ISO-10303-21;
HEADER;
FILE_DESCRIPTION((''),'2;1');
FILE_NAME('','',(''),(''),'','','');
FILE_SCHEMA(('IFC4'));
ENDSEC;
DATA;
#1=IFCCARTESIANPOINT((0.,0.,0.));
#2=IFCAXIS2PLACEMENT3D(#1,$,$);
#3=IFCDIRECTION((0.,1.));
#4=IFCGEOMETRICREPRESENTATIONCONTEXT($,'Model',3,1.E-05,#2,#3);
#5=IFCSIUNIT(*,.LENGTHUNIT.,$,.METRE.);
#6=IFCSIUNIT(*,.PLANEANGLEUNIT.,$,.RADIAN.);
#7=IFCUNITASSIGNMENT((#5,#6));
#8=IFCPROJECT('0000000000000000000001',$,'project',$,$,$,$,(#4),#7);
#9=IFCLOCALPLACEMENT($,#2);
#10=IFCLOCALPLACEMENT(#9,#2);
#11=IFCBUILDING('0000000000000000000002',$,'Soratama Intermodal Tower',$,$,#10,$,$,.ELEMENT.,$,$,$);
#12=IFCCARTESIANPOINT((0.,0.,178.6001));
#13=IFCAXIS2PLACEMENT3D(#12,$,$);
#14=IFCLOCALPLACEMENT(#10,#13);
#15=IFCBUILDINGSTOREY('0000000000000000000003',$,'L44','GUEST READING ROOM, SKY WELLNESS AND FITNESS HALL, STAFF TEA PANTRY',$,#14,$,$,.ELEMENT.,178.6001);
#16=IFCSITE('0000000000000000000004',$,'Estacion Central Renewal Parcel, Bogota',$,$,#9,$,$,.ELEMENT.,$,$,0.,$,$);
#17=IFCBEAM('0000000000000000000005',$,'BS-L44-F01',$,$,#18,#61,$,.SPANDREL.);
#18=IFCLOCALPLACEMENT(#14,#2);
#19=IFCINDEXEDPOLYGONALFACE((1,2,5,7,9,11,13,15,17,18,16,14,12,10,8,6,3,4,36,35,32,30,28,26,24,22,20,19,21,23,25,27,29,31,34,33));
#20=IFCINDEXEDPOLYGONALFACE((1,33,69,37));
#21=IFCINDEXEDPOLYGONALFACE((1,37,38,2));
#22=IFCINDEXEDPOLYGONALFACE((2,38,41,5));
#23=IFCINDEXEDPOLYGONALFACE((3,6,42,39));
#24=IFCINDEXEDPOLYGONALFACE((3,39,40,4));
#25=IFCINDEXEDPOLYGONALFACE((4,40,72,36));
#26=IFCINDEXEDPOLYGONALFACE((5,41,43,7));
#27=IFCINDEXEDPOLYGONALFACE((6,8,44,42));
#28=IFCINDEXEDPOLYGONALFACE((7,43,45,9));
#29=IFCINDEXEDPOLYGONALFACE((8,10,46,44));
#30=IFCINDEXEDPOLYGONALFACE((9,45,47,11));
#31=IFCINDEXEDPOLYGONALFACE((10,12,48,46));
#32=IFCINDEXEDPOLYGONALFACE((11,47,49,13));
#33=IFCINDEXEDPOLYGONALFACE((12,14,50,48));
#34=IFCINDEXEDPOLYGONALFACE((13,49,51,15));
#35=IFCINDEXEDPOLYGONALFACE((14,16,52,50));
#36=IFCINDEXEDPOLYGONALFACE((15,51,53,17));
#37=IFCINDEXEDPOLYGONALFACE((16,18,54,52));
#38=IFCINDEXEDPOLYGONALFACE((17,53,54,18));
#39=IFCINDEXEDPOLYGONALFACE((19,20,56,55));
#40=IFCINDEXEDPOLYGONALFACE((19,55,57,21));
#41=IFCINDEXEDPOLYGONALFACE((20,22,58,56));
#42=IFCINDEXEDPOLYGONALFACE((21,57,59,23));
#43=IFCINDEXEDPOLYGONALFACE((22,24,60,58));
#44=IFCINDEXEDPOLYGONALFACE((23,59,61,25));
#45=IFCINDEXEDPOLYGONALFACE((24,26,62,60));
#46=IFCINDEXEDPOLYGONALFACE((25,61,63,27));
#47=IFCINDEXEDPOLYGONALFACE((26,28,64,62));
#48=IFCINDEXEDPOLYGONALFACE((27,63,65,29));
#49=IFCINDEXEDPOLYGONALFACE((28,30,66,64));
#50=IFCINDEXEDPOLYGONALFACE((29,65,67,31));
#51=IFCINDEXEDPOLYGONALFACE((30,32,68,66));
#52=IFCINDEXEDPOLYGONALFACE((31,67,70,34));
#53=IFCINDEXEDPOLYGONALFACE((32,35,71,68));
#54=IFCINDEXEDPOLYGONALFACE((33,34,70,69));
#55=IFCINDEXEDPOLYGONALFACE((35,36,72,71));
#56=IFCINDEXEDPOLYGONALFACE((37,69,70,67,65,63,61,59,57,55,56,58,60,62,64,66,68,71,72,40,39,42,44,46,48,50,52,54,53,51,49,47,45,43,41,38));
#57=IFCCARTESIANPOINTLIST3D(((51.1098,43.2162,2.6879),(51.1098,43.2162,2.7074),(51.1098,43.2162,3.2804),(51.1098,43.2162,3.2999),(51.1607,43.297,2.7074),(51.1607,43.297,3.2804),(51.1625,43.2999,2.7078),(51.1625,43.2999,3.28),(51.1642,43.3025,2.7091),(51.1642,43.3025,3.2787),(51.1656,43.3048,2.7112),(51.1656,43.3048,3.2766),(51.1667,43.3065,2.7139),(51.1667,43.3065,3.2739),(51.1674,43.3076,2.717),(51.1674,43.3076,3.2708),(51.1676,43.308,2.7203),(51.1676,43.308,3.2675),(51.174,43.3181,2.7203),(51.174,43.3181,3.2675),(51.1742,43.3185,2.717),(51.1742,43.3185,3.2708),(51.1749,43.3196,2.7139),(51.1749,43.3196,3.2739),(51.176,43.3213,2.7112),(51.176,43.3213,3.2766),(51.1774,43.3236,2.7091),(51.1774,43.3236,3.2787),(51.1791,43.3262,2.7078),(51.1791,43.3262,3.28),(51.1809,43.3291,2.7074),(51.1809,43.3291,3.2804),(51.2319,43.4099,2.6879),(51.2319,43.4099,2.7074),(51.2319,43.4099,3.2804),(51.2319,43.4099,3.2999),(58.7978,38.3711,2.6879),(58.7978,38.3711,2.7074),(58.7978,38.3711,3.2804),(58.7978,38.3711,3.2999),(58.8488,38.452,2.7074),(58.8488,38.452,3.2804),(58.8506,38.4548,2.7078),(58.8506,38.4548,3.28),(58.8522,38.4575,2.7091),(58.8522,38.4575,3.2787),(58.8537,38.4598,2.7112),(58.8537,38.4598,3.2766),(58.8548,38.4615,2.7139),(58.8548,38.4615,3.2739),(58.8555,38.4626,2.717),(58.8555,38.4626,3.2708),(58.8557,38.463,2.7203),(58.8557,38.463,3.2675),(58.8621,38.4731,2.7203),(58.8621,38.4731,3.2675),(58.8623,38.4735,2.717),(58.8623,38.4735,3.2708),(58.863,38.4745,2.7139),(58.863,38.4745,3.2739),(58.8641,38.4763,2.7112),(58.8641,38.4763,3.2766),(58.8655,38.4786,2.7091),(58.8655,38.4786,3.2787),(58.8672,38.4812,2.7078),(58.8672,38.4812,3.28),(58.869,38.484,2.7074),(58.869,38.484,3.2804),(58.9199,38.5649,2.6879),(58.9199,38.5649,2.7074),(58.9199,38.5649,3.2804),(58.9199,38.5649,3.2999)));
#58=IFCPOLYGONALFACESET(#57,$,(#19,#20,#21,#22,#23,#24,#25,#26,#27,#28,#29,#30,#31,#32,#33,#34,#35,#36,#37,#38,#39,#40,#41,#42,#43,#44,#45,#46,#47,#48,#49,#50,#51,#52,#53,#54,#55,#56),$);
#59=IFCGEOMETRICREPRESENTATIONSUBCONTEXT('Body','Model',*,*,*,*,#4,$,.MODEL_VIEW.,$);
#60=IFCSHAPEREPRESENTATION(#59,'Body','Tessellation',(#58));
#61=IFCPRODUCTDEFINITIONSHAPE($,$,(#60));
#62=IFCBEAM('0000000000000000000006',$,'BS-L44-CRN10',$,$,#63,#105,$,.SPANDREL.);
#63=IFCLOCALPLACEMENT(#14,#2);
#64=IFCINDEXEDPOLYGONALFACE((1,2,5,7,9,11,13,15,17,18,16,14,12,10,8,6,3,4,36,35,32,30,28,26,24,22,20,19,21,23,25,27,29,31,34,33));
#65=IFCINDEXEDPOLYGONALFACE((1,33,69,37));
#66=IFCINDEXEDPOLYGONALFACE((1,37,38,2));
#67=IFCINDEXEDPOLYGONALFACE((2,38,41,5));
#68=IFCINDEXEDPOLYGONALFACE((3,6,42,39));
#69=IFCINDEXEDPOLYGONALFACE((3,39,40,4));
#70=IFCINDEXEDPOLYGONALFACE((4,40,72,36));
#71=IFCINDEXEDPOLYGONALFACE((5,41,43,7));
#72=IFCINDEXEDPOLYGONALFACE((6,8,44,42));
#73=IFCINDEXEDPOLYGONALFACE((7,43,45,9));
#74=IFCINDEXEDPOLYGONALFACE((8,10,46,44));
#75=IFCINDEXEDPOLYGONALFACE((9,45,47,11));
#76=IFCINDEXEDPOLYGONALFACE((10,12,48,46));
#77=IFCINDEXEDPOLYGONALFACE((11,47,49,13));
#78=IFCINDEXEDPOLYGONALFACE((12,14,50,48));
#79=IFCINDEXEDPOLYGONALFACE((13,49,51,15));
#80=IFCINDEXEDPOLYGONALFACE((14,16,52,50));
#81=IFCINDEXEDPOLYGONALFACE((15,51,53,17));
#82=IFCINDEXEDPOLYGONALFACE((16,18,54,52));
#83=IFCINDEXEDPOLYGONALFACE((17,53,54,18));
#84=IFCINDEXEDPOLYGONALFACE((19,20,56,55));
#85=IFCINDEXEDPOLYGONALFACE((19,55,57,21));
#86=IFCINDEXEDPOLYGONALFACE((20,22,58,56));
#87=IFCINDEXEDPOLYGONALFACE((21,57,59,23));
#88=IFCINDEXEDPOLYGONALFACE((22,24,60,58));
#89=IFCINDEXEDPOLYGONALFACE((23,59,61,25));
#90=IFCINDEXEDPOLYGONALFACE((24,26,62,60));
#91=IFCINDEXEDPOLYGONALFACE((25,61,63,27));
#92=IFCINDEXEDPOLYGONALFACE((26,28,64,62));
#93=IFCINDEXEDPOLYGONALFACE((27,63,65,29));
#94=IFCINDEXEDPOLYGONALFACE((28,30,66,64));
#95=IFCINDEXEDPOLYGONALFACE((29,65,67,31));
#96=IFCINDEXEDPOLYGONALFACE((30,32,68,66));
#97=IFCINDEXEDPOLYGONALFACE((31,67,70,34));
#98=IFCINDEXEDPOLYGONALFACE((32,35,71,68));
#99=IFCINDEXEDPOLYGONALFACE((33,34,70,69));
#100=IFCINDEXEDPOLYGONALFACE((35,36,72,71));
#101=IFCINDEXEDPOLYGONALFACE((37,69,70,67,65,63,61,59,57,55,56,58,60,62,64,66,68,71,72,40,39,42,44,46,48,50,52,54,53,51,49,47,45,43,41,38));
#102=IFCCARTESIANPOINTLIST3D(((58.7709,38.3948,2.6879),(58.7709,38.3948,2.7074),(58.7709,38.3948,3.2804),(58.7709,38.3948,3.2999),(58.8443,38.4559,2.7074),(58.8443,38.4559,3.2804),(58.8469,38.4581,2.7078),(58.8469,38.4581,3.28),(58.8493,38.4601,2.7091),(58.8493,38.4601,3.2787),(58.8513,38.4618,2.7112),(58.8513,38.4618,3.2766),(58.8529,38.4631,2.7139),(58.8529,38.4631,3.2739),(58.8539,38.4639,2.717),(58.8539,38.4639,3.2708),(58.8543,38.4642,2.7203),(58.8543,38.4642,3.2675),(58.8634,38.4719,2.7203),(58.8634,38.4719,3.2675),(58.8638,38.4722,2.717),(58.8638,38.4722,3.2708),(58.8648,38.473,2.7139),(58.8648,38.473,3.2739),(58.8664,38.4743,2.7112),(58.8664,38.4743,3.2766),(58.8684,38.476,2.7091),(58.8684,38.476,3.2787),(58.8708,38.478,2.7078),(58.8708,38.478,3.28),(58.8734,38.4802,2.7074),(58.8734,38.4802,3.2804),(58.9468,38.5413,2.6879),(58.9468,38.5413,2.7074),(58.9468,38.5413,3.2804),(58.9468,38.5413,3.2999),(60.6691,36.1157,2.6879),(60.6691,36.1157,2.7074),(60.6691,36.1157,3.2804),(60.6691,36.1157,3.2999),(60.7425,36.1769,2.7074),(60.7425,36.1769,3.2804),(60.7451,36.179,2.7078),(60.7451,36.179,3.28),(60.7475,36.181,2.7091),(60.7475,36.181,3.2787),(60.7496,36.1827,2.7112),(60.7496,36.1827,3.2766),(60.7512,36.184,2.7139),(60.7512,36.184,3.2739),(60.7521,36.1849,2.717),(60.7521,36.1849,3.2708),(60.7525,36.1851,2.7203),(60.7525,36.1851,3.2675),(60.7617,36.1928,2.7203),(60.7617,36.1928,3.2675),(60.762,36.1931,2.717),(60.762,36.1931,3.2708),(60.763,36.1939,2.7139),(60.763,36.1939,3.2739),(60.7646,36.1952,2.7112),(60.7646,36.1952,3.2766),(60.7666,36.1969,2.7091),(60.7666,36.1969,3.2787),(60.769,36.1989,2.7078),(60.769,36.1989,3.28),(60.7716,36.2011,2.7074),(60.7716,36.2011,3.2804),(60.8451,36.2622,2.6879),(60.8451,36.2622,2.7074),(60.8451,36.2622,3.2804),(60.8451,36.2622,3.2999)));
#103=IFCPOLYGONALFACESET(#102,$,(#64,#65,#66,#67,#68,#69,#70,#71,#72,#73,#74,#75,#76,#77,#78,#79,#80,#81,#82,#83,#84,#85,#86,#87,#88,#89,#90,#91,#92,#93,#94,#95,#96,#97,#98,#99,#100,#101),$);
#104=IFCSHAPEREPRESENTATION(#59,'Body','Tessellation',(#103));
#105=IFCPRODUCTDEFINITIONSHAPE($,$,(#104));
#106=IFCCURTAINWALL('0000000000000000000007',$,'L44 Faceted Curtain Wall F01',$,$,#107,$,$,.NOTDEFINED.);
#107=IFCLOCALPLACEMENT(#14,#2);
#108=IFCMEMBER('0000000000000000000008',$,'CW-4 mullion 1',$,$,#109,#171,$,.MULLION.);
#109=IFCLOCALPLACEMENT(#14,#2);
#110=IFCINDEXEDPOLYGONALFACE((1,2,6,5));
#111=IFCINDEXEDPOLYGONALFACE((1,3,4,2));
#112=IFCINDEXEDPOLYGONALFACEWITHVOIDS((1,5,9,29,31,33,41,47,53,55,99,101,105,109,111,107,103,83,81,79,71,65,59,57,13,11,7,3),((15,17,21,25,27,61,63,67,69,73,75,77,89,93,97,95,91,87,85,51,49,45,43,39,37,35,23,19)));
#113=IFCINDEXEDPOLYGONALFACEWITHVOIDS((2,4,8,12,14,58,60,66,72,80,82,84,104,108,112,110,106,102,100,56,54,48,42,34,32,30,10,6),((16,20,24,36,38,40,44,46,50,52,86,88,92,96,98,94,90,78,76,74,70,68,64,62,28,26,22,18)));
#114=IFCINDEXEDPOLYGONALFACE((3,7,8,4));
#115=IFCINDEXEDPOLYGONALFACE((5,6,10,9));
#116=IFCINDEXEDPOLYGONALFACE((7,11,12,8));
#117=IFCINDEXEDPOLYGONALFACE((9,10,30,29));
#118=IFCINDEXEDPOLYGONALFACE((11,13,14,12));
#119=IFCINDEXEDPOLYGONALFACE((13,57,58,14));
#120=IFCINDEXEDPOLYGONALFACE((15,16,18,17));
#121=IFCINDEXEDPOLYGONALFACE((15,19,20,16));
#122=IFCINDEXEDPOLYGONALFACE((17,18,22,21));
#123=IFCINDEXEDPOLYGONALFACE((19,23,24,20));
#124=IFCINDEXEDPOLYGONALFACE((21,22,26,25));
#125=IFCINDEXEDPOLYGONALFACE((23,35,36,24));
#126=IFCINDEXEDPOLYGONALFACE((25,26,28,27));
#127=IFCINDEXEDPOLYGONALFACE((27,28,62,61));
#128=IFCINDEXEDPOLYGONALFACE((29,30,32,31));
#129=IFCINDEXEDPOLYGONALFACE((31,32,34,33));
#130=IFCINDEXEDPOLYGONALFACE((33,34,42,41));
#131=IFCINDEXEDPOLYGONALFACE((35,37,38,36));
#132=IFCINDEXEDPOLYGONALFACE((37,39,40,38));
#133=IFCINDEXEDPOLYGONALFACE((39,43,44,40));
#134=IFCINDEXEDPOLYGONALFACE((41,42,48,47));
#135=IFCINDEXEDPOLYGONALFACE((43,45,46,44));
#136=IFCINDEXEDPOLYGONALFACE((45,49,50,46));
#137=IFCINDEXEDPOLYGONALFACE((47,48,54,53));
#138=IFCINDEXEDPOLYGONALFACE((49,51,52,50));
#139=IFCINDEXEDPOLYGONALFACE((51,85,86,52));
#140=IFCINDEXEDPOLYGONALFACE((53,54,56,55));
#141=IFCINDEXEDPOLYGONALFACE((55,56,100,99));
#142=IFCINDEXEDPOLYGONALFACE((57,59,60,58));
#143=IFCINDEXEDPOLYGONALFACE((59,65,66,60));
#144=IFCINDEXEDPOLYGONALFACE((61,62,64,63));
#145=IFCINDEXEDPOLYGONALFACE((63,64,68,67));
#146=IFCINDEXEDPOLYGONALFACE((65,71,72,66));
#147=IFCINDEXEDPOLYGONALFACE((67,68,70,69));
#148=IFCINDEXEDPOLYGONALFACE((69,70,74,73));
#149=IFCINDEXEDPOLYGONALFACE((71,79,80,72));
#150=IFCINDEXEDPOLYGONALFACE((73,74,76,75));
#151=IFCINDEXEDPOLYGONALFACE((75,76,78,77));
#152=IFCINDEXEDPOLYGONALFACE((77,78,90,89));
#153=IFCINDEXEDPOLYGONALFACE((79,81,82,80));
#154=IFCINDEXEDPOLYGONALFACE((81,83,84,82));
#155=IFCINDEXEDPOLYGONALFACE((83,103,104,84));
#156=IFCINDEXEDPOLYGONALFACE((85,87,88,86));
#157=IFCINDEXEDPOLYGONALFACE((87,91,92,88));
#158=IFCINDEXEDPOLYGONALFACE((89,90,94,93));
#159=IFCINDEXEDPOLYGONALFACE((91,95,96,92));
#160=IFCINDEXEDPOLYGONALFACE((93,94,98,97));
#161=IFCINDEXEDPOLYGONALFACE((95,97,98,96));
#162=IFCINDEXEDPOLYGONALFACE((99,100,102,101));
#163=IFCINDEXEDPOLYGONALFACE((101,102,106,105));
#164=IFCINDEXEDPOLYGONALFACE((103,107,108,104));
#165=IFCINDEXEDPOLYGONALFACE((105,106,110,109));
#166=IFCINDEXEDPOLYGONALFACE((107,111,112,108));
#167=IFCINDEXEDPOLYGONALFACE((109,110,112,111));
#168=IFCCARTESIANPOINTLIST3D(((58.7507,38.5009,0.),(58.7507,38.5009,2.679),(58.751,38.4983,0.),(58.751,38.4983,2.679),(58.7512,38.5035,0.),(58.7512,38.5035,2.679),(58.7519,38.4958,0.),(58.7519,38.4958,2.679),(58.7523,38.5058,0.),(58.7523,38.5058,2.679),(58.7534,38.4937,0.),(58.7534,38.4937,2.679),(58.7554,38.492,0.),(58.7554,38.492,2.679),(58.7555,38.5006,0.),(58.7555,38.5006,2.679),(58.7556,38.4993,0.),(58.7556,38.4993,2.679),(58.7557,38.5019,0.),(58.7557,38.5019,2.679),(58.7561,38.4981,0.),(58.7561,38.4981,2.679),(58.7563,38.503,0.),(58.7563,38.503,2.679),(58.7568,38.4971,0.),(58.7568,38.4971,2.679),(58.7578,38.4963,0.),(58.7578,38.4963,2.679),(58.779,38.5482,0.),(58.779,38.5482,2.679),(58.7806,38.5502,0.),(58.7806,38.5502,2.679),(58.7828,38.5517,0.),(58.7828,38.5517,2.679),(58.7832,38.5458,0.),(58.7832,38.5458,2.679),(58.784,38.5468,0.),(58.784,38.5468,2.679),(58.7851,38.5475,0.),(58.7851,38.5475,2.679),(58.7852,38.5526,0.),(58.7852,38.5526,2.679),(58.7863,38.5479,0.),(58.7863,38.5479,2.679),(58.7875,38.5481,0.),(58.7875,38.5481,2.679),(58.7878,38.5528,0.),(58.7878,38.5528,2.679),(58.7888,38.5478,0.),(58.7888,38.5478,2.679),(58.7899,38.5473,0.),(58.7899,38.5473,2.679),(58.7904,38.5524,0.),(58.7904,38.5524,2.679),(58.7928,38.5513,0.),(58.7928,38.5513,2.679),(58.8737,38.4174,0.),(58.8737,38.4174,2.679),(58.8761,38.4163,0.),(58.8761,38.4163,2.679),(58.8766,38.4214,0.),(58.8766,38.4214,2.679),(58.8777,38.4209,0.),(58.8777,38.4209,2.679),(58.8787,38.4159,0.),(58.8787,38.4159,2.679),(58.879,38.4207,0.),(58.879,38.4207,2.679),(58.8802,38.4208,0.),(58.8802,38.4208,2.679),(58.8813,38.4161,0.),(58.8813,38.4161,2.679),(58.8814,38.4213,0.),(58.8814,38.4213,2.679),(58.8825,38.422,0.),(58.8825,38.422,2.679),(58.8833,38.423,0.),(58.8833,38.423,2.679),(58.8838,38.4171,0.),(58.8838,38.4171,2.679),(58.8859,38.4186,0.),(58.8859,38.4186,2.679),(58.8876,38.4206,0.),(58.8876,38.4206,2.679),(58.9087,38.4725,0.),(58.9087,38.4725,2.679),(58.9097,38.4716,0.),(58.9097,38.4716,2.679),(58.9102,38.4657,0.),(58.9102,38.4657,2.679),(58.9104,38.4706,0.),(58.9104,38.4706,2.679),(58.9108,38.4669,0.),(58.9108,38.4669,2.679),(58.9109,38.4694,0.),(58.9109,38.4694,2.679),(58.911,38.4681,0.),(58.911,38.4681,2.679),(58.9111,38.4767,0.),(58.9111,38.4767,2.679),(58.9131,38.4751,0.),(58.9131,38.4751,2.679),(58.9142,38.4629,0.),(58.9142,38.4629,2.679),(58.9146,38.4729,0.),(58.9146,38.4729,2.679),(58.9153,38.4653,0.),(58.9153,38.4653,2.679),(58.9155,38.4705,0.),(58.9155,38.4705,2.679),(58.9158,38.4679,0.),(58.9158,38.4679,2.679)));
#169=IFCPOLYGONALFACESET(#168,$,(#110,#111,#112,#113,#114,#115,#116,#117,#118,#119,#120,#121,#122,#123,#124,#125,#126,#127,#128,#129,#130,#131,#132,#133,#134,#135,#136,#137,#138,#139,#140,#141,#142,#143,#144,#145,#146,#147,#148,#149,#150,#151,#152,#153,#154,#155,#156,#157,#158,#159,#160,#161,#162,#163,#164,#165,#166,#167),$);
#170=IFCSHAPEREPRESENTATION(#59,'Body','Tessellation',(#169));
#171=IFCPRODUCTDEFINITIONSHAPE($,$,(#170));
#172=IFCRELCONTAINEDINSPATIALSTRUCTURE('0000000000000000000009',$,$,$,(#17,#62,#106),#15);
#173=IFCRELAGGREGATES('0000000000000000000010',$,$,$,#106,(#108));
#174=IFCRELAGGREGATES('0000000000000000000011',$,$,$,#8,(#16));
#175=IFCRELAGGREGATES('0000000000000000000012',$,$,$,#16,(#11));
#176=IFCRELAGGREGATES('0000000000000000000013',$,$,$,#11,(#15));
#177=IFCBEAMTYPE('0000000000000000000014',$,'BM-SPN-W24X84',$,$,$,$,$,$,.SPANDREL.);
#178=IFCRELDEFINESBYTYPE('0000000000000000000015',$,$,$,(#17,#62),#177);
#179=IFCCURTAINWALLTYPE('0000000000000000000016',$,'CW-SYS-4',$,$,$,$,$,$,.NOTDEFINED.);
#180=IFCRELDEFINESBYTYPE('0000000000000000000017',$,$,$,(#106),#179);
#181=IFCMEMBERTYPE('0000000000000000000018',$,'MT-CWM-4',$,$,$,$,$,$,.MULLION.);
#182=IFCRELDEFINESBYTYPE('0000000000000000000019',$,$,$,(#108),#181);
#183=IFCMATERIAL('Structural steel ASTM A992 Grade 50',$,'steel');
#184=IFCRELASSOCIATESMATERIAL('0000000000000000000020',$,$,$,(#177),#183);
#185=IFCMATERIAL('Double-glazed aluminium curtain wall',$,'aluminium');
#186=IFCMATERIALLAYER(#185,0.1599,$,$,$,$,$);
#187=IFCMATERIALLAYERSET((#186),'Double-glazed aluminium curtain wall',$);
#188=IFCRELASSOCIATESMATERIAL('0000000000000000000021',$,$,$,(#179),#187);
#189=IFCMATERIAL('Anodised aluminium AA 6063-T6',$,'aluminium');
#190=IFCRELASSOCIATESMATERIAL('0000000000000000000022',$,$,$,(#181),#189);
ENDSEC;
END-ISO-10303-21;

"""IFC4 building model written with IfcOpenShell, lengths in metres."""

from ifc_helpers import new_model, si_unit, direction, frame, origin, origin_2d, place, context, subcontext, project, spatial, hollow_rectangle, i_section, extrude, material, layer, layer_set, material_profile, profile_set, type_object, element, aggregate, save


model = new_model("IFC4")

# Units and contexts
model_context = context("Model", 3, precision=1e-05, world=origin(), true_north=direction((0.0, 1.0)))
body_context = subcontext(model_context, "Body", "Model", "MODEL_VIEW")
ifc_project = project(units=[si_unit("LENGTHUNIT", "METRE"), si_unit("PLANEANGLEUNIT", "RADIAN")], contexts=[model_context])

# Site, building, storey
site_placement = place(None, origin())
site = spatial("IfcSite", under=ifc_project, at=site_placement, Name="Estacion Central Renewal Parcel, Bogota", CompositionType="ELEMENT", RefElevation=0.0)
building_placement = place(site_placement, origin())
building = spatial("IfcBuilding", under=site, at=building_placement, Name="Soratama Intermodal Tower", CompositionType="ELEMENT")
storey_placement = place(building_placement, frame((0.0, 0.0, 178.6001)))
storey = spatial("IfcBuildingStorey", under=building, at=storey_placement, Name="L44", Description="GUEST READING ROOM, SKY WELLNESS AND FITNESS HALL, STAFF TEA PANTRY", CompositionType="ELEMENT", Elevation=178.6001)

# Beams
ifc_material_1 = material(Name="Structural steel ASTM A992 Grade 50", Category="steel")
ifc_material_profile_1 = material_profile(ifc_material_1, i_section(OverallWidth=0.229, OverallDepth=0.6121, WebThickness=0.012, FlangeThickness=0.0195, FilletRadius=0.0129, at=origin_2d()), Name="W24X84")
ifc_profile_set_1 = profile_set([ifc_material_profile_1], Name="Structural steel ASTM A992 Grade 50")
beam_type = type_object("IfcBeamType", Name="BM-SPN-W24X84", PredefinedType="SPANDREL", material=ifc_profile_set_1)
beam_1_placement = place(storey_placement, frame((58.8589, 38.468, 2.9939), z_axis=(-0.846015, 0.533159, 0.0), x_axis=(-0.533159, -0.846015, 0.0)))
element("IfcBeam", 1, at=beam_1_placement, inside=storey, type_object=beam_type, Name="BS-L44-F01", PredefinedType="SPANDREL", context=body_context, shape_type="SweptSolid", body=[
    extrude(i_section(OverallWidth=0.229, OverallDepth=0.6121, WebThickness=0.012, FlangeThickness=0.0195, FilletRadius=0.0129, at=origin_2d()), origin(), (0.0, 0.0, 1.0), 9.0874),
])
beam_2_placement = place(storey_placement, frame((60.7571, 36.189, 2.9939), z_axis=(-0.639982, 0.76839, 0.0), x_axis=(-0.76839, -0.639982, 0.0)))
element("IfcBeam", 2, at=beam_2_placement, inside=storey, type_object=beam_type, Name="BS-L44-CRN10", PredefinedType="SPANDREL", context=body_context, shape_type="SweptSolid", body=[
    extrude(i_section(OverallWidth=0.229, OverallDepth=0.6121, WebThickness=0.012, FlangeThickness=0.0195, FilletRadius=0.0129, at=origin_2d()), origin(), (0.0, 0.0, 1.0), 2.9661),
])

# Curtain wall, member
ifc_material_2 = material(Name="Double-glazed aluminium curtain wall", Category="aluminium")
ifc_layer_1 = layer(ifc_material_2, 0.1599)
ifc_layer_set_1 = layer_set([ifc_layer_1], Name="Double-glazed aluminium curtain wall")
curtain_wall_type = type_object("IfcCurtainWallType", Name="CW-SYS-4", PredefinedType="NOTDEFINED", material=ifc_layer_set_1)
curtain_wall_1_placement = place(storey_placement, origin())
curtain_wall_1 = element("IfcCurtainWall", 3, at=curtain_wall_1_placement, inside=storey, type_object=curtain_wall_type, Name="L44 Faceted Curtain Wall F01", PredefinedType="NOTDEFINED")
ifc_material_3 = material(Name="Anodised aluminium AA 6063-T6", Category="aluminium")
ifc_material_profile_2 = material_profile(ifc_material_3, hollow_rectangle(XDim=0.0701, YDim=0.1599, WallThickness=0.0049, InnerFilletRadius=0.0049, OuterFilletRadius=0.01, at=origin_2d()), Name="CWM160X70X5")
ifc_profile_set_2 = profile_set([ifc_material_profile_2], Name="Anodised aluminium AA 6063-T6")
member_type_1 = type_object("IfcMemberType", Name="MT-CWM-4", PredefinedType="MULLION", material=ifc_profile_set_2)
member_1_placement = place(storey_placement, frame((58.8333, 38.4844, 0.0), z_axis=(0.0, 0.0, 1.0), x_axis=(-0.533168, -0.84601, 0.0)))
member_1 = element("IfcMember", 4, at=member_1_placement, type_object=member_type_1, Name="CW-4 mullion 1", PredefinedType="MULLION", context=body_context, shape_type="SweptSolid", body=[
    extrude(hollow_rectangle(XDim=0.0701, YDim=0.1599, WallThickness=0.0049, InnerFilletRadius=0.0049, OuterFilletRadius=0.01, at=origin_2d()), origin(), (0.0, 0.0, 1.0), 2.679),
])

aggregate(curtain_wall_1, [member_1])

save(model, "model.ifc")
